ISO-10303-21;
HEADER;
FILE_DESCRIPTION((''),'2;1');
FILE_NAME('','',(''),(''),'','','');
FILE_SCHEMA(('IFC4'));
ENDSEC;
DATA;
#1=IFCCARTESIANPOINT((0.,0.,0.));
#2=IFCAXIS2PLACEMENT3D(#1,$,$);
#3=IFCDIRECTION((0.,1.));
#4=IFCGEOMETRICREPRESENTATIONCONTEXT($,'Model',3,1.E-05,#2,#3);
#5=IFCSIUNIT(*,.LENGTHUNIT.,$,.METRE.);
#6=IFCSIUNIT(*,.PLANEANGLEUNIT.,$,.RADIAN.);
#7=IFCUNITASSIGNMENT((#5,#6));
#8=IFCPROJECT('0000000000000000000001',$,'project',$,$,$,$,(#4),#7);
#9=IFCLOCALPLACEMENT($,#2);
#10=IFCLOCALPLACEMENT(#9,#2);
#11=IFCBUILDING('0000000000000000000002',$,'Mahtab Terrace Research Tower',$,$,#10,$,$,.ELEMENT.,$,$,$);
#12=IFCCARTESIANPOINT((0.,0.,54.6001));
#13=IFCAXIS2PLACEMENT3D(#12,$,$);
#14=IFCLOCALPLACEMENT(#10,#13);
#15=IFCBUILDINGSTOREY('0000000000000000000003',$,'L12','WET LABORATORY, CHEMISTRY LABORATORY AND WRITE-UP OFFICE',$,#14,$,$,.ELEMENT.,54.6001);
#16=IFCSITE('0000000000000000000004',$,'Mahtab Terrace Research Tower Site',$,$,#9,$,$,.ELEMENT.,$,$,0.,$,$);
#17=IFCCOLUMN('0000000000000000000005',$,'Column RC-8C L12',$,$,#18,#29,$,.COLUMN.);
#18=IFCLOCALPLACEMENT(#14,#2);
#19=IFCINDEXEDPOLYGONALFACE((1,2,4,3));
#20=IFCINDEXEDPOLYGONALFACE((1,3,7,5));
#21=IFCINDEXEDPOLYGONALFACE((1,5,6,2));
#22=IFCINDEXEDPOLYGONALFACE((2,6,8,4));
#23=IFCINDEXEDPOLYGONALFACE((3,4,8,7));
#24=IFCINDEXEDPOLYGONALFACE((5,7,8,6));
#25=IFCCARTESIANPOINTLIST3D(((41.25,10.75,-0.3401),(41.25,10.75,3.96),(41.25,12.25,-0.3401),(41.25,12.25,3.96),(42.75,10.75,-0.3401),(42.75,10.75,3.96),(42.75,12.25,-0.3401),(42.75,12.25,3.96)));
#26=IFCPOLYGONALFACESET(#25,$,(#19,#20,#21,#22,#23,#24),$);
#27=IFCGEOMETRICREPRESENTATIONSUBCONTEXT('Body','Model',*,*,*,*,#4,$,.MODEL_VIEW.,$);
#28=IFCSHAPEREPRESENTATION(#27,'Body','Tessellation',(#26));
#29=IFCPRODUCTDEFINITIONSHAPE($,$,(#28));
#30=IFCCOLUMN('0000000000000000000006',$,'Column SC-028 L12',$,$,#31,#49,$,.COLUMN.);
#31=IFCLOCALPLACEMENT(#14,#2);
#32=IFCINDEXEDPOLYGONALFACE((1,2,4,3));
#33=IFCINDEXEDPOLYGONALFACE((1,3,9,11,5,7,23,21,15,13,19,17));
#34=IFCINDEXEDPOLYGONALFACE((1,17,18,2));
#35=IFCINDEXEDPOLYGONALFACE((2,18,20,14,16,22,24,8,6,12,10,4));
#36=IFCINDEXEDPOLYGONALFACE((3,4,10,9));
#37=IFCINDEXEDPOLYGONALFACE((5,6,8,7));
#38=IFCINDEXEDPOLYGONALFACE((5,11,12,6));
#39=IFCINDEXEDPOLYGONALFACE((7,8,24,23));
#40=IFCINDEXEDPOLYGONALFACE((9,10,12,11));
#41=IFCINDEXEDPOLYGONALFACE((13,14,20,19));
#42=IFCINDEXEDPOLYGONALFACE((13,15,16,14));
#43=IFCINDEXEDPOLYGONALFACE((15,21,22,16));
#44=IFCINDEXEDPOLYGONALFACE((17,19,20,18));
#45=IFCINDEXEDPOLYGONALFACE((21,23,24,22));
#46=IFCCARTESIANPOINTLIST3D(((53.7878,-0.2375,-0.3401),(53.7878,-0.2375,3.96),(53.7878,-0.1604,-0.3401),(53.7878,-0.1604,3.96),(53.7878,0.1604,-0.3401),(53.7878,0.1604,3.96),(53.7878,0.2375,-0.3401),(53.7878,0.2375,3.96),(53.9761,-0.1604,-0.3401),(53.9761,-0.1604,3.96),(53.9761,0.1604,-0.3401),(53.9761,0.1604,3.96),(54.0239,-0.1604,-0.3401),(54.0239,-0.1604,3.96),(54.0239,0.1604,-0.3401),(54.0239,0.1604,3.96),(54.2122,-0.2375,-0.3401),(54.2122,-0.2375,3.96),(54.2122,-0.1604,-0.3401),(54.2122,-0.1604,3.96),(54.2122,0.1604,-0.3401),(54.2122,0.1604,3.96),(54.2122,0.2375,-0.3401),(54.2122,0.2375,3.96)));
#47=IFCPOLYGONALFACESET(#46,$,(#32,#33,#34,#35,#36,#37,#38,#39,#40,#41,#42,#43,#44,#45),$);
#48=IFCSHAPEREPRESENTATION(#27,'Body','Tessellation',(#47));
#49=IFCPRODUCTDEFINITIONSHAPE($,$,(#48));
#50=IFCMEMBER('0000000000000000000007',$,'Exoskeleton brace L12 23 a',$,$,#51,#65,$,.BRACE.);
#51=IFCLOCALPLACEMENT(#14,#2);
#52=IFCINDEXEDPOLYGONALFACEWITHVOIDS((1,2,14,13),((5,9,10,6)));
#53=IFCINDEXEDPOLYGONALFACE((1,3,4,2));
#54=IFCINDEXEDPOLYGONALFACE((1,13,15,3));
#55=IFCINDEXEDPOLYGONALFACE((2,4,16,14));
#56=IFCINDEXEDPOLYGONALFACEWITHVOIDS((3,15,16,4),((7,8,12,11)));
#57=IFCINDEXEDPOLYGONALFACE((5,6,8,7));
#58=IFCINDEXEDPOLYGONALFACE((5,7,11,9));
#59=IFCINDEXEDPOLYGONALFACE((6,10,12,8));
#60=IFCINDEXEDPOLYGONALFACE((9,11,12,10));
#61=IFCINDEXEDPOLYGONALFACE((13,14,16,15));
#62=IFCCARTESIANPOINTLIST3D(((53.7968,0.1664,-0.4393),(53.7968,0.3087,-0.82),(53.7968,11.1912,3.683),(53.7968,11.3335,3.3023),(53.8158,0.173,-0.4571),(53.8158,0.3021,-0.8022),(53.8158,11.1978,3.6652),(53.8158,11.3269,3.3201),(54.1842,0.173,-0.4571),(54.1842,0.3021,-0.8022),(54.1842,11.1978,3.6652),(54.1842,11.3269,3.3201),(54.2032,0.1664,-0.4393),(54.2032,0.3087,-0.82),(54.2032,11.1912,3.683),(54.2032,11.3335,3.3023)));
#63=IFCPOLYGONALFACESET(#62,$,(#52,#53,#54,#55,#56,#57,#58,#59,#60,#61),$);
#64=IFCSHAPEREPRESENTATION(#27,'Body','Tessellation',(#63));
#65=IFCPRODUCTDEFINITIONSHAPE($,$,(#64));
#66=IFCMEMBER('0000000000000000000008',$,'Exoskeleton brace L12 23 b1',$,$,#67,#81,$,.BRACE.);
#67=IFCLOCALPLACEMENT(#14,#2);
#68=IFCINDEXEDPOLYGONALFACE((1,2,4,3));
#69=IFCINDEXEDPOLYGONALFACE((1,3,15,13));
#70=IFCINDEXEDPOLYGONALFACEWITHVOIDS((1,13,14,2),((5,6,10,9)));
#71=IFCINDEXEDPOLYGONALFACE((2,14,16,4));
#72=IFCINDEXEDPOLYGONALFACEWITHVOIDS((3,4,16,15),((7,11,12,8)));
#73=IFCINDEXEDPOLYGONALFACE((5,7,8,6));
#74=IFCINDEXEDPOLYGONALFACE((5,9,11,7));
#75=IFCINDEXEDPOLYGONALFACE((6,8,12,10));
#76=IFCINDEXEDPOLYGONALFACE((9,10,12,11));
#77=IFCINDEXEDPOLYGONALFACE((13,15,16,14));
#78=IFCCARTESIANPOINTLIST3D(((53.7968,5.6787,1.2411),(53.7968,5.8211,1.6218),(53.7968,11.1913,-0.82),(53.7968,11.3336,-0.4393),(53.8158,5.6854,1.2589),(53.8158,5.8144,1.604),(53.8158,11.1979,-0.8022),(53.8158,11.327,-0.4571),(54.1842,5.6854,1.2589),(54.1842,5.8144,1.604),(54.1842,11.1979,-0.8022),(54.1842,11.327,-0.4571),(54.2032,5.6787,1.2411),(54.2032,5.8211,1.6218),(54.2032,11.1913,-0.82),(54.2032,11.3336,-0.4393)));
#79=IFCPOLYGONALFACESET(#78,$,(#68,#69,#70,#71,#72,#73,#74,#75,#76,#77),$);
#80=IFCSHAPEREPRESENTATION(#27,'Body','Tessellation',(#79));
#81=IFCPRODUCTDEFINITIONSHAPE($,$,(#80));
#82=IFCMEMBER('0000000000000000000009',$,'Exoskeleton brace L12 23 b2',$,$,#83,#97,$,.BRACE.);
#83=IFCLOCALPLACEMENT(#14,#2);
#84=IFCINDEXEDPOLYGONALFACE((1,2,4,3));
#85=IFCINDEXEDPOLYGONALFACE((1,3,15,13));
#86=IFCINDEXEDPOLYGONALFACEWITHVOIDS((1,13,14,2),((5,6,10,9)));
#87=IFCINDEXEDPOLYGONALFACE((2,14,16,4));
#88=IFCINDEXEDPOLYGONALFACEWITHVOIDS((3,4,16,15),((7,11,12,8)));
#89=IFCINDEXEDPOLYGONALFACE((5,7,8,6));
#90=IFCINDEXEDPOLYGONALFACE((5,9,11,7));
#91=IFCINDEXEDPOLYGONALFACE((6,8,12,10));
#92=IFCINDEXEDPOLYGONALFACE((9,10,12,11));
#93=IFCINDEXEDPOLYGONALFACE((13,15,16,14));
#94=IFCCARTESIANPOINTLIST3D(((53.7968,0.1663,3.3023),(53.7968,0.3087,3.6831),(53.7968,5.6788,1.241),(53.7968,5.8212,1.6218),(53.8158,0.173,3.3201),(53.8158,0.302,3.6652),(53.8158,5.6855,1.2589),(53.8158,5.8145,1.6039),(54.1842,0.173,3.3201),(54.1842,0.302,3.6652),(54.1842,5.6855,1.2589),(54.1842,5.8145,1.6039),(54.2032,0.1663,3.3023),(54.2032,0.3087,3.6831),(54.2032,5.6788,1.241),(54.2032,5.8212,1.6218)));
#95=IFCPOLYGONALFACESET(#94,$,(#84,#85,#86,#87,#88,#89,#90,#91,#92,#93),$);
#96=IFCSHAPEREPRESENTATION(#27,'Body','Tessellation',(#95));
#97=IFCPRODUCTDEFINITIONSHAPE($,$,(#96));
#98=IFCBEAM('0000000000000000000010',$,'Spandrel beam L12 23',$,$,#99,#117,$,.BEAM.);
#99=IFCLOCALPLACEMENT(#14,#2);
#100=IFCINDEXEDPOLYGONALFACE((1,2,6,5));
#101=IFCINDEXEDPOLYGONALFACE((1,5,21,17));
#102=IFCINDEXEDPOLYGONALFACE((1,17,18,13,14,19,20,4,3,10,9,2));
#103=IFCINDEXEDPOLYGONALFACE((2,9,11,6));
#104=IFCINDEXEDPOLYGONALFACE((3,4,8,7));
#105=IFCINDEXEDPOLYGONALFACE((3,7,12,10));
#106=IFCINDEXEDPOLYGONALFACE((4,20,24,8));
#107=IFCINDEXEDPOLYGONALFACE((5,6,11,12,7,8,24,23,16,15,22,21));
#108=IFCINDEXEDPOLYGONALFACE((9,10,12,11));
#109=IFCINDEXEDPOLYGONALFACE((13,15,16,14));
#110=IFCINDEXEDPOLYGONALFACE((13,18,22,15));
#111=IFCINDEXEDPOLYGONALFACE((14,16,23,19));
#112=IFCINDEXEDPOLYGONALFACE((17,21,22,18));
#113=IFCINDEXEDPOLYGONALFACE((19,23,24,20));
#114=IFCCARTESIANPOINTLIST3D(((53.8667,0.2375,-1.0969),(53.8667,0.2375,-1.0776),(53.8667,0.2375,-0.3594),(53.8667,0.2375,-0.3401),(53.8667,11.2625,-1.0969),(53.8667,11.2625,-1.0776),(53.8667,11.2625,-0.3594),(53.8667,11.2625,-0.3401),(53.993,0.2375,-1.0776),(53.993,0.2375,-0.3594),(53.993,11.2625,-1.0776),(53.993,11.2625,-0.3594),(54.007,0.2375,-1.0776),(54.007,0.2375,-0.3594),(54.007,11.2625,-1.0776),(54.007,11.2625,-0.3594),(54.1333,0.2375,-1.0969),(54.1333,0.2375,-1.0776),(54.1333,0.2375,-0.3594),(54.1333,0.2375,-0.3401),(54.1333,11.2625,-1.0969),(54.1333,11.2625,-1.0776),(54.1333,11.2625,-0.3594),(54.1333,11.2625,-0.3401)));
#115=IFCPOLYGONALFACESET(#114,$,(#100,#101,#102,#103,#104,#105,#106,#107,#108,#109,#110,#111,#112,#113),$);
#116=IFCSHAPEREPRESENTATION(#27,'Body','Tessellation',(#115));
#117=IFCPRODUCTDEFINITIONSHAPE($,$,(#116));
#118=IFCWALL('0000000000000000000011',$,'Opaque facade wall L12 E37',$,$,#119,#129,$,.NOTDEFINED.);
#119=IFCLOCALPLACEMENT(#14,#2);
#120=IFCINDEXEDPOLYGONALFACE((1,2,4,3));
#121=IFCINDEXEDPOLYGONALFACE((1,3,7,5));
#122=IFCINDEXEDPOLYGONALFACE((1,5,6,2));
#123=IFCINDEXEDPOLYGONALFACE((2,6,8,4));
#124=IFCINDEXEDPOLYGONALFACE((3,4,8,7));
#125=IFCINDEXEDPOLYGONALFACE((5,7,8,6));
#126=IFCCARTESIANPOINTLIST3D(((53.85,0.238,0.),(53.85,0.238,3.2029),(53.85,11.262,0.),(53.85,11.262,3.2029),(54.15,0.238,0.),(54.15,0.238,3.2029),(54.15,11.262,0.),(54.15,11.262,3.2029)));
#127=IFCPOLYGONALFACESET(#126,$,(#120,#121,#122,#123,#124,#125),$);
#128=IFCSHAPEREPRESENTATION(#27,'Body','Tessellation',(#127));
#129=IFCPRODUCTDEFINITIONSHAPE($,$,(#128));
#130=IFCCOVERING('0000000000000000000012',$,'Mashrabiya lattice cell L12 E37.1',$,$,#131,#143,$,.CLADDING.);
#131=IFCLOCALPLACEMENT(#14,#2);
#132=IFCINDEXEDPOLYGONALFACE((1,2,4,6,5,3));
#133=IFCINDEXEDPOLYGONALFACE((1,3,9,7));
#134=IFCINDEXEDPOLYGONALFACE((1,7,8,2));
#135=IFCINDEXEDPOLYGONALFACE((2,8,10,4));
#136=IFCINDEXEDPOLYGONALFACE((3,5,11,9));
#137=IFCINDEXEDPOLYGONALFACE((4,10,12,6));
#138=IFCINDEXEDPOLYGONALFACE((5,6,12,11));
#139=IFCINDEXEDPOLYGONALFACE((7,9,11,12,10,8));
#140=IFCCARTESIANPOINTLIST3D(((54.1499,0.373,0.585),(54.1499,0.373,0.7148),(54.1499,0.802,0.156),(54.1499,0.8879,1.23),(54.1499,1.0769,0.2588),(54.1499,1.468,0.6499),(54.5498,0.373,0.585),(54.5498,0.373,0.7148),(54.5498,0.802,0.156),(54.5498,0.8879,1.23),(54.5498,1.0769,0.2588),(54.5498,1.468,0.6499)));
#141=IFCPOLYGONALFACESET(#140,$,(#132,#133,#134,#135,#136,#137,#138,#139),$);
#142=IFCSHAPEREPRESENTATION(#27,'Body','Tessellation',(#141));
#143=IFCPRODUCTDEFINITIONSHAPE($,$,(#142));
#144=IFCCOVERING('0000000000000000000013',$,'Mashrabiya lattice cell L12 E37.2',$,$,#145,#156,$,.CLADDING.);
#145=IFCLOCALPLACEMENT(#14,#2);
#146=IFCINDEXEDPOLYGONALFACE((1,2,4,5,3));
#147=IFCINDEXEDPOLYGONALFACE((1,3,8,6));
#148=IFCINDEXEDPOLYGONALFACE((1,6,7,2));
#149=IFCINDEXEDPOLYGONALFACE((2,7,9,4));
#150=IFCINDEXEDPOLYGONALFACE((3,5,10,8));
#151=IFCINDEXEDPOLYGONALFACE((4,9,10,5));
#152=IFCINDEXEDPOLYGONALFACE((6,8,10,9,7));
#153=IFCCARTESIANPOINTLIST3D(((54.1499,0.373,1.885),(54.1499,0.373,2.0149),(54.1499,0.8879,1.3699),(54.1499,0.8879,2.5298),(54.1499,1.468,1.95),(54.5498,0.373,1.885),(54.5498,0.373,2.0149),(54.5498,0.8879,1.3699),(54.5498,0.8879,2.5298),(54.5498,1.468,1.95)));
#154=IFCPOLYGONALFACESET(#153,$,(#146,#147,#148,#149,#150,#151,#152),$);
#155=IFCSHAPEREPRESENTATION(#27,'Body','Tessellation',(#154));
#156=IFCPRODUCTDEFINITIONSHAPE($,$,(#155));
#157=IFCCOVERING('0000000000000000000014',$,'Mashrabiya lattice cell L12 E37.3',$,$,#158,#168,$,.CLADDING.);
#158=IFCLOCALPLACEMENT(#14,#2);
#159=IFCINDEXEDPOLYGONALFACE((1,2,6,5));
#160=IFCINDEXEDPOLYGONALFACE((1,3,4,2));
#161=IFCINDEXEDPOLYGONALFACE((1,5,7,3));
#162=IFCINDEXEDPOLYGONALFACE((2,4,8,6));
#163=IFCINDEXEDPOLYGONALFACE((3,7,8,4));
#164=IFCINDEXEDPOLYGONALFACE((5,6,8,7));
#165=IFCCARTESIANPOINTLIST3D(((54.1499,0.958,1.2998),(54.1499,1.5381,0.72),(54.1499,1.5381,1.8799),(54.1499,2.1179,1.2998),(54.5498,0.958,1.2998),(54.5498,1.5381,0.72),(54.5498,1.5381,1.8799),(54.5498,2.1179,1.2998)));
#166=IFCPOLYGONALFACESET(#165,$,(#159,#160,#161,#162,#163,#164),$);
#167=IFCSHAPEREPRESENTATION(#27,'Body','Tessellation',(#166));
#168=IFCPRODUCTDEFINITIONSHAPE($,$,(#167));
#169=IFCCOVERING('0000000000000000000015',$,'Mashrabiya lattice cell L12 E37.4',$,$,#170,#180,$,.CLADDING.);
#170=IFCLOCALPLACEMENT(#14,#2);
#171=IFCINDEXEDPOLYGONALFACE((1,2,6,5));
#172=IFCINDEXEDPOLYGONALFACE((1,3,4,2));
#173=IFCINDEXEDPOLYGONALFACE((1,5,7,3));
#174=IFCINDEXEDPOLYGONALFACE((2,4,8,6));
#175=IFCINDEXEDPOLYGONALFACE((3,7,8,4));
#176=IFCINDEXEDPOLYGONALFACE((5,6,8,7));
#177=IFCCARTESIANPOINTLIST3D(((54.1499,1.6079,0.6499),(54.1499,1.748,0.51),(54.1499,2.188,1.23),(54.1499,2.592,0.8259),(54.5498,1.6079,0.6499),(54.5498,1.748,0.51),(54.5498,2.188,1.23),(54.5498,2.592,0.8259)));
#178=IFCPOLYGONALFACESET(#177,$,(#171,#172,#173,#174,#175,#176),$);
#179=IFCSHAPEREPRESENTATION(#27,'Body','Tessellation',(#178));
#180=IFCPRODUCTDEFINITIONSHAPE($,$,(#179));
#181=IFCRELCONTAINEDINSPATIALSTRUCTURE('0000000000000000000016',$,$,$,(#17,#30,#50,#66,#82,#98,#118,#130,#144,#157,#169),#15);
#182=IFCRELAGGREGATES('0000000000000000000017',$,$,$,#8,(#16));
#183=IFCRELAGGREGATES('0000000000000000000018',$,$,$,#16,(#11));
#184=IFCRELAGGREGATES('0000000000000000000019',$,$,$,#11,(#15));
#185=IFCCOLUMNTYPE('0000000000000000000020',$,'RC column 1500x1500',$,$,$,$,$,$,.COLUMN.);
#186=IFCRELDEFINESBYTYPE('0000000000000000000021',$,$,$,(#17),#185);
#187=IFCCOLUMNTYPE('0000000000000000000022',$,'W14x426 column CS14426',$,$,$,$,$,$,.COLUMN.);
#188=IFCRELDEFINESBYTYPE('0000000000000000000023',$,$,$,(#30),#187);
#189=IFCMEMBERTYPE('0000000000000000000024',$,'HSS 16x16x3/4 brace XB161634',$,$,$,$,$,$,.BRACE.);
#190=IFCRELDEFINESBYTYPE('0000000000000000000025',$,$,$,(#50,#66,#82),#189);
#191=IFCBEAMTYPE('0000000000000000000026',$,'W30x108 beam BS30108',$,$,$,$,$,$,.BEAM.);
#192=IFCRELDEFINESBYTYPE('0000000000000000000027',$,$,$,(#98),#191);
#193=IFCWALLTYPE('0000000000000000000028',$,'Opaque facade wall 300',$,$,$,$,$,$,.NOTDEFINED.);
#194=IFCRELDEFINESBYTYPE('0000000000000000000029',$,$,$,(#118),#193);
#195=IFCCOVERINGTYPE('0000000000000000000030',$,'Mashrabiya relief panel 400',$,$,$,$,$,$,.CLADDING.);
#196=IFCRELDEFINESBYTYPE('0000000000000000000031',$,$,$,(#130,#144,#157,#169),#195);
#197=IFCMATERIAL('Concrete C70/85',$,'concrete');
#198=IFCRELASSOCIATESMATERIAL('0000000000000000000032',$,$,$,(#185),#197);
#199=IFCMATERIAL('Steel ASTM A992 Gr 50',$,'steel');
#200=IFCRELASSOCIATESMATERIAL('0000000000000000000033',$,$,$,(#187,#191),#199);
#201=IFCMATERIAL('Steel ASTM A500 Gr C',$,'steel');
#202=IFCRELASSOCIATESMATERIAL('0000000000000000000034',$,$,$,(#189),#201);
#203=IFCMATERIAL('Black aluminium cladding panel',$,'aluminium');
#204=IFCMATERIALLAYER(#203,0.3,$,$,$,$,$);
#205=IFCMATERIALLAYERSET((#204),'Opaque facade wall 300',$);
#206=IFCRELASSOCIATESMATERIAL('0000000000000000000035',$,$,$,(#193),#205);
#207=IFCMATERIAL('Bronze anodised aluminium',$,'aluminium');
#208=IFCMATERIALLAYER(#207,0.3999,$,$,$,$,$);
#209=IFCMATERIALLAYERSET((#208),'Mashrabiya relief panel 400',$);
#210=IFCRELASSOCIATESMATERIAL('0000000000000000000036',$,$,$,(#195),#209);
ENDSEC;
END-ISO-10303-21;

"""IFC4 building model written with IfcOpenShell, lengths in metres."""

from ifc_helpers import new_model, si_unit, direction, frame, frame_2d, origin, origin_2d, place, context, subcontext, project, spatial, polyline, rectangle, hollow_rectangle, i_section, outline, extrude, material, layer, layer_set, material_profile, profile_set, type_object, element, save


model = new_model("IFC4")

# Units and contexts
model_context = context("Model", 3, precision=1e-05, world=origin(), true_north=direction((0.0, 1.0)))
body_context = subcontext(model_context, "Body", "Model", "MODEL_VIEW")
ifc_project = project(units=[si_unit("LENGTHUNIT", "METRE"), si_unit("PLANEANGLEUNIT", "RADIAN")], contexts=[model_context])

# Site, building, storey
site_placement = place(None, origin())
site = spatial("IfcSite", under=ifc_project, at=site_placement, Name="Mahtab Terrace Research Tower Site", CompositionType="ELEMENT", RefElevation=0.0)
building_placement = place(site_placement, origin())
building = spatial("IfcBuilding", under=site, at=building_placement, Name="Mahtab Terrace Research Tower", CompositionType="ELEMENT")
storey_placement = place(building_placement, frame((0.0, 0.0, 54.6001)))
storey = spatial("IfcBuildingStorey", under=building, at=storey_placement, Name="L12", Description="WET LABORATORY, CHEMISTRY LABORATORY AND WRITE-UP OFFICE", CompositionType="ELEMENT", Elevation=54.6001)

# Columns
ifc_material_1 = material(Name="Concrete C70/85", Category="concrete")
ifc_material_profile_1 = material_profile(ifc_material_1, rectangle(XDim=1.5, YDim=1.5, at=origin_2d()), Name="RC column 1500x1500")
ifc_profile_set_1 = profile_set([ifc_material_profile_1], Name="Concrete C70/85")
column_type_1 = type_object("IfcColumnType", Name="RC column 1500x1500", PredefinedType="COLUMN", material=ifc_profile_set_1)
column_1_placement = place(storey_placement, frame((42.0, 11.5, -0.3401), z_axis=(0.0, 0.0, 1.0), x_axis=(1.0, 0.0, 0.0)))
element("IfcColumn", 1, at=column_1_placement, inside=storey, type_object=column_type_1, Name="Column RC-8C L12", PredefinedType="COLUMN", context=body_context, shape_type="SweptSolid", body=[
    extrude(rectangle(XDim=1.5, YDim=1.5, at=origin_2d()), origin(), (0.0, 0.0, 1.0), 4.3),
])
ifc_material_2 = material(Name="Steel ASTM A992 Gr 50", Category="steel")
ifc_material_profile_2 = material_profile(ifc_material_2, i_section(OverallWidth=0.4243, OverallDepth=0.4751, WebThickness=0.0479, FlangeThickness=0.0771, at=origin_2d()), Name="W14X426")
ifc_profile_set_2 = profile_set([ifc_material_profile_2], Name="Steel ASTM A992 Gr 50")
column_type_2 = type_object("IfcColumnType", Name="W14x426 column CS14426", PredefinedType="COLUMN", material=ifc_profile_set_2)
column_2_placement = place(storey_placement, frame((54.0, 0.0, -0.3401), z_axis=(0.0, 0.0, 1.0), x_axis=(1.0, 0.0, 0.0)))
element("IfcColumn", 2, at=column_2_placement, inside=storey, type_object=column_type_2, Name="Column SC-028 L12", PredefinedType="COLUMN", context=body_context, shape_type="SweptSolid", body=[
    extrude(i_section(OverallWidth=0.4243, OverallDepth=0.4751, WebThickness=0.0479, FlangeThickness=0.0771, at=origin_2d()), origin(), (0.0, 0.0, 1.0), 4.3),
])

# Members
ifc_material_3 = material(Name="Steel ASTM A500 Gr C", Category="steel")
ifc_material_profile_3 = material_profile(ifc_material_3, hollow_rectangle(XDim=0.4065, YDim=0.4065, WallThickness=0.019, at=origin_2d()), Name="HSS16X16X3/4")
ifc_profile_set_3 = profile_set([ifc_material_profile_3], Name="Steel ASTM A500 Gr C")
member_type = type_object("IfcMemberType", Name="HSS 16x16x3/4 brace XB161634", PredefinedType="BRACE", material=ifc_profile_set_3)
member_placement = place(storey_placement, frame((54.0, 0.2375, -0.6296), z_axis=(0.0, 0.936665, 0.350228), x_axis=(-1.0, 0.0, 0.0)))
element("IfcMember", 3, at=member_placement, inside=storey, type_object=member_type, Name="Exoskeleton brace L12 23 a", PredefinedType="BRACE", context=body_context, shape_type="SweptSolid", body=[
    extrude(hollow_rectangle(XDim=0.4065, YDim=0.4065, WallThickness=0.019, at=origin_2d()), origin(), (0.0, 0.0, 1.0), 11.7703),
])
for number, where, z_axis, x_axis, name in (
    (4, (54.0, 11.2625, -0.6296), (0.0, -0.936671, 0.350209), (1.0, 0.0, 0.0), "Exoskeleton brace L12 23 b1"),
    (5, (54.0, 5.75, 1.4314), (0.0, -0.936658, 0.350246), (1.0, 0.0, 0.0), "Exoskeleton brace L12 23 b2"),
):
    element("IfcMember", number, at=place(storey_placement, frame(where, z_axis=z_axis, x_axis=x_axis)), inside=storey, type_object=member_type, Name=name, PredefinedType="BRACE", context=body_context, shape_type="SweptSolid", body=[
        extrude(hollow_rectangle(XDim=0.4065, YDim=0.4065, WallThickness=0.019, at=origin_2d()), origin(), (0.0, 0.0, 1.0), 5.8853),
    ])

# Beam
ifc_material_profile_4 = material_profile(ifc_material_2, i_section(OverallWidth=0.2666, OverallDepth=0.7568, WebThickness=0.0139, FlangeThickness=0.0193, at=origin_2d()), Name="W30X108")
ifc_profile_set_4 = profile_set([ifc_material_profile_4], Name="Steel ASTM A992 Gr 50")
beam_type = type_object("IfcBeamType", Name="W30x108 beam BS30108", PredefinedType="BEAM", material=ifc_profile_set_4)
beam_placement = place(storey_placement, frame((54.0, 0.2375, -0.7185), z_axis=(0.0, 1.0, 0.0), x_axis=(-1.0, 0.0, 0.0)))
element("IfcBeam", 6, at=beam_placement, inside=storey, type_object=beam_type, Name="Spandrel beam L12 23", PredefinedType="BEAM", context=body_context, shape_type="SweptSolid", body=[
    extrude(i_section(OverallWidth=0.2666, OverallDepth=0.7568, WebThickness=0.0139, FlangeThickness=0.0193, at=origin_2d()), origin(), (0.0, 0.0, 1.0), 11.0249),
])

# Wall
ifc_material_4 = material(Name="Black aluminium cladding panel", Category="aluminium")
ifc_layer_1 = layer(ifc_material_4, 0.3)
ifc_layer_set_1 = layer_set([ifc_layer_1], Name="Opaque facade wall 300")
wall_type = type_object("IfcWallType", Name="Opaque facade wall 300", PredefinedType="NOTDEFINED", material=ifc_layer_set_1)
wall_placement = place(storey_placement, frame((54.0, 0.238, 0.0), z_axis=(0.0, 0.0, 1.0), x_axis=(0.0, 1.0, 0.0)))
element("IfcWall", 7, at=wall_placement, inside=storey, type_object=wall_type, Name="Opaque facade wall L12 E37", PredefinedType="NOTDEFINED", context=body_context, shape_type="SweptSolid", body=[
    extrude(rectangle(XDim=11.0239, YDim=0.3, at=frame_2d((5.512, 0.0))), origin(), (0.0, 0.0, 1.0), 3.2029),
])

# Coverings
ifc_material_5 = material(Name="Bronze anodised aluminium", Category="aluminium")
ifc_layer_2 = layer(ifc_material_5, 0.3999)
ifc_layer_set_2 = layer_set([ifc_layer_2], Name="Mashrabiya relief panel 400")
covering_type = type_object("IfcCoveringType", Name="Mashrabiya relief panel 400", PredefinedType="CLADDING", material=ifc_layer_set_2)
covering_1_placement = place(storey_placement, frame((54.1499, 0.373, 0.585), z_axis=(-1.0, 0.0, 0.0), x_axis=(0.0, 0.0, 1.0)))
element("IfcCovering", 8, at=covering_1_placement, inside=storey, type_object=covering_type, Name="Mashrabiya lattice cell L12 E37.1", PredefinedType="CLADDING", context=body_context, shape_type="SweptSolid", body=[
    extrude(outline(polyline([(0.0, 0.0), (0.1299, 0.0), (0.645, 0.5149), (0.0649, 1.095), (-0.3262, 0.7039), (-0.429, 0.429), (0.0, 0.0)])), origin(), (0.0, 0.0, -1.0), 0.3999),
])
covering_2_placement = place(storey_placement, frame((54.1499, 0.8879, 2.5298), z_axis=(-1.0, 0.0, 0.0), x_axis=(0.0, 0.707256, -0.706958)))
element("IfcCovering", 9, at=covering_2_placement, inside=storey, type_object=covering_type, Name="Mashrabiya lattice cell L12 E37.2", PredefinedType="CLADDING", context=body_context, shape_type="SweptSolid", body=[
    extrude(outline(polyline([(0.0, 0.0), (0.8202, 0.0), (0.82, 0.8204), (0.0917, 0.82), (-0.0002, 0.7282), (0.0, 0.0)])), origin(), (0.0, 0.0, -1.0), 0.3999),
])
covering_3_placement = place(storey_placement, frame((54.1499, 1.5381, 1.8799), z_axis=(-1.0, 0.0, 0.0), x_axis=(0.0, 0.706958, -0.707256)))
element("IfcCovering", 10, at=covering_3_placement, inside=storey, type_object=covering_type, Name="Mashrabiya lattice cell L12 E37.3", PredefinedType="CLADDING", context=body_context, shape_type="SweptSolid", body=[
    extrude(outline(polyline([(0.0, 0.0), (0.8202, 0.0), (0.8204, 0.82), (0.0002, 0.8204), (0.0, 0.0)])), origin(), (0.0, 0.0, -1.0), 0.3999),
])
covering_4_placement = place(storey_placement, frame((54.1499, 1.6079, 0.6499), z_axis=(-1.0, 0.0, 0.0), x_axis=(0.0, 0.707107, 0.707107)))
element("IfcCovering", 11, at=covering_4_placement, inside=storey, type_object=covering_type, Name="Mashrabiya lattice cell L12 E37.4", PredefinedType="CLADDING", context=body_context, shape_type="SweptSolid", body=[
    extrude(outline(polyline([(0.0, 0.0), (0.8204, 0.0), (0.8204, 0.5714), (0.0002, 0.198), (0.0, 0.0)])), origin(), (0.0, 0.0, -1.0), 0.3999),
])

save(model, "model.ifc")
